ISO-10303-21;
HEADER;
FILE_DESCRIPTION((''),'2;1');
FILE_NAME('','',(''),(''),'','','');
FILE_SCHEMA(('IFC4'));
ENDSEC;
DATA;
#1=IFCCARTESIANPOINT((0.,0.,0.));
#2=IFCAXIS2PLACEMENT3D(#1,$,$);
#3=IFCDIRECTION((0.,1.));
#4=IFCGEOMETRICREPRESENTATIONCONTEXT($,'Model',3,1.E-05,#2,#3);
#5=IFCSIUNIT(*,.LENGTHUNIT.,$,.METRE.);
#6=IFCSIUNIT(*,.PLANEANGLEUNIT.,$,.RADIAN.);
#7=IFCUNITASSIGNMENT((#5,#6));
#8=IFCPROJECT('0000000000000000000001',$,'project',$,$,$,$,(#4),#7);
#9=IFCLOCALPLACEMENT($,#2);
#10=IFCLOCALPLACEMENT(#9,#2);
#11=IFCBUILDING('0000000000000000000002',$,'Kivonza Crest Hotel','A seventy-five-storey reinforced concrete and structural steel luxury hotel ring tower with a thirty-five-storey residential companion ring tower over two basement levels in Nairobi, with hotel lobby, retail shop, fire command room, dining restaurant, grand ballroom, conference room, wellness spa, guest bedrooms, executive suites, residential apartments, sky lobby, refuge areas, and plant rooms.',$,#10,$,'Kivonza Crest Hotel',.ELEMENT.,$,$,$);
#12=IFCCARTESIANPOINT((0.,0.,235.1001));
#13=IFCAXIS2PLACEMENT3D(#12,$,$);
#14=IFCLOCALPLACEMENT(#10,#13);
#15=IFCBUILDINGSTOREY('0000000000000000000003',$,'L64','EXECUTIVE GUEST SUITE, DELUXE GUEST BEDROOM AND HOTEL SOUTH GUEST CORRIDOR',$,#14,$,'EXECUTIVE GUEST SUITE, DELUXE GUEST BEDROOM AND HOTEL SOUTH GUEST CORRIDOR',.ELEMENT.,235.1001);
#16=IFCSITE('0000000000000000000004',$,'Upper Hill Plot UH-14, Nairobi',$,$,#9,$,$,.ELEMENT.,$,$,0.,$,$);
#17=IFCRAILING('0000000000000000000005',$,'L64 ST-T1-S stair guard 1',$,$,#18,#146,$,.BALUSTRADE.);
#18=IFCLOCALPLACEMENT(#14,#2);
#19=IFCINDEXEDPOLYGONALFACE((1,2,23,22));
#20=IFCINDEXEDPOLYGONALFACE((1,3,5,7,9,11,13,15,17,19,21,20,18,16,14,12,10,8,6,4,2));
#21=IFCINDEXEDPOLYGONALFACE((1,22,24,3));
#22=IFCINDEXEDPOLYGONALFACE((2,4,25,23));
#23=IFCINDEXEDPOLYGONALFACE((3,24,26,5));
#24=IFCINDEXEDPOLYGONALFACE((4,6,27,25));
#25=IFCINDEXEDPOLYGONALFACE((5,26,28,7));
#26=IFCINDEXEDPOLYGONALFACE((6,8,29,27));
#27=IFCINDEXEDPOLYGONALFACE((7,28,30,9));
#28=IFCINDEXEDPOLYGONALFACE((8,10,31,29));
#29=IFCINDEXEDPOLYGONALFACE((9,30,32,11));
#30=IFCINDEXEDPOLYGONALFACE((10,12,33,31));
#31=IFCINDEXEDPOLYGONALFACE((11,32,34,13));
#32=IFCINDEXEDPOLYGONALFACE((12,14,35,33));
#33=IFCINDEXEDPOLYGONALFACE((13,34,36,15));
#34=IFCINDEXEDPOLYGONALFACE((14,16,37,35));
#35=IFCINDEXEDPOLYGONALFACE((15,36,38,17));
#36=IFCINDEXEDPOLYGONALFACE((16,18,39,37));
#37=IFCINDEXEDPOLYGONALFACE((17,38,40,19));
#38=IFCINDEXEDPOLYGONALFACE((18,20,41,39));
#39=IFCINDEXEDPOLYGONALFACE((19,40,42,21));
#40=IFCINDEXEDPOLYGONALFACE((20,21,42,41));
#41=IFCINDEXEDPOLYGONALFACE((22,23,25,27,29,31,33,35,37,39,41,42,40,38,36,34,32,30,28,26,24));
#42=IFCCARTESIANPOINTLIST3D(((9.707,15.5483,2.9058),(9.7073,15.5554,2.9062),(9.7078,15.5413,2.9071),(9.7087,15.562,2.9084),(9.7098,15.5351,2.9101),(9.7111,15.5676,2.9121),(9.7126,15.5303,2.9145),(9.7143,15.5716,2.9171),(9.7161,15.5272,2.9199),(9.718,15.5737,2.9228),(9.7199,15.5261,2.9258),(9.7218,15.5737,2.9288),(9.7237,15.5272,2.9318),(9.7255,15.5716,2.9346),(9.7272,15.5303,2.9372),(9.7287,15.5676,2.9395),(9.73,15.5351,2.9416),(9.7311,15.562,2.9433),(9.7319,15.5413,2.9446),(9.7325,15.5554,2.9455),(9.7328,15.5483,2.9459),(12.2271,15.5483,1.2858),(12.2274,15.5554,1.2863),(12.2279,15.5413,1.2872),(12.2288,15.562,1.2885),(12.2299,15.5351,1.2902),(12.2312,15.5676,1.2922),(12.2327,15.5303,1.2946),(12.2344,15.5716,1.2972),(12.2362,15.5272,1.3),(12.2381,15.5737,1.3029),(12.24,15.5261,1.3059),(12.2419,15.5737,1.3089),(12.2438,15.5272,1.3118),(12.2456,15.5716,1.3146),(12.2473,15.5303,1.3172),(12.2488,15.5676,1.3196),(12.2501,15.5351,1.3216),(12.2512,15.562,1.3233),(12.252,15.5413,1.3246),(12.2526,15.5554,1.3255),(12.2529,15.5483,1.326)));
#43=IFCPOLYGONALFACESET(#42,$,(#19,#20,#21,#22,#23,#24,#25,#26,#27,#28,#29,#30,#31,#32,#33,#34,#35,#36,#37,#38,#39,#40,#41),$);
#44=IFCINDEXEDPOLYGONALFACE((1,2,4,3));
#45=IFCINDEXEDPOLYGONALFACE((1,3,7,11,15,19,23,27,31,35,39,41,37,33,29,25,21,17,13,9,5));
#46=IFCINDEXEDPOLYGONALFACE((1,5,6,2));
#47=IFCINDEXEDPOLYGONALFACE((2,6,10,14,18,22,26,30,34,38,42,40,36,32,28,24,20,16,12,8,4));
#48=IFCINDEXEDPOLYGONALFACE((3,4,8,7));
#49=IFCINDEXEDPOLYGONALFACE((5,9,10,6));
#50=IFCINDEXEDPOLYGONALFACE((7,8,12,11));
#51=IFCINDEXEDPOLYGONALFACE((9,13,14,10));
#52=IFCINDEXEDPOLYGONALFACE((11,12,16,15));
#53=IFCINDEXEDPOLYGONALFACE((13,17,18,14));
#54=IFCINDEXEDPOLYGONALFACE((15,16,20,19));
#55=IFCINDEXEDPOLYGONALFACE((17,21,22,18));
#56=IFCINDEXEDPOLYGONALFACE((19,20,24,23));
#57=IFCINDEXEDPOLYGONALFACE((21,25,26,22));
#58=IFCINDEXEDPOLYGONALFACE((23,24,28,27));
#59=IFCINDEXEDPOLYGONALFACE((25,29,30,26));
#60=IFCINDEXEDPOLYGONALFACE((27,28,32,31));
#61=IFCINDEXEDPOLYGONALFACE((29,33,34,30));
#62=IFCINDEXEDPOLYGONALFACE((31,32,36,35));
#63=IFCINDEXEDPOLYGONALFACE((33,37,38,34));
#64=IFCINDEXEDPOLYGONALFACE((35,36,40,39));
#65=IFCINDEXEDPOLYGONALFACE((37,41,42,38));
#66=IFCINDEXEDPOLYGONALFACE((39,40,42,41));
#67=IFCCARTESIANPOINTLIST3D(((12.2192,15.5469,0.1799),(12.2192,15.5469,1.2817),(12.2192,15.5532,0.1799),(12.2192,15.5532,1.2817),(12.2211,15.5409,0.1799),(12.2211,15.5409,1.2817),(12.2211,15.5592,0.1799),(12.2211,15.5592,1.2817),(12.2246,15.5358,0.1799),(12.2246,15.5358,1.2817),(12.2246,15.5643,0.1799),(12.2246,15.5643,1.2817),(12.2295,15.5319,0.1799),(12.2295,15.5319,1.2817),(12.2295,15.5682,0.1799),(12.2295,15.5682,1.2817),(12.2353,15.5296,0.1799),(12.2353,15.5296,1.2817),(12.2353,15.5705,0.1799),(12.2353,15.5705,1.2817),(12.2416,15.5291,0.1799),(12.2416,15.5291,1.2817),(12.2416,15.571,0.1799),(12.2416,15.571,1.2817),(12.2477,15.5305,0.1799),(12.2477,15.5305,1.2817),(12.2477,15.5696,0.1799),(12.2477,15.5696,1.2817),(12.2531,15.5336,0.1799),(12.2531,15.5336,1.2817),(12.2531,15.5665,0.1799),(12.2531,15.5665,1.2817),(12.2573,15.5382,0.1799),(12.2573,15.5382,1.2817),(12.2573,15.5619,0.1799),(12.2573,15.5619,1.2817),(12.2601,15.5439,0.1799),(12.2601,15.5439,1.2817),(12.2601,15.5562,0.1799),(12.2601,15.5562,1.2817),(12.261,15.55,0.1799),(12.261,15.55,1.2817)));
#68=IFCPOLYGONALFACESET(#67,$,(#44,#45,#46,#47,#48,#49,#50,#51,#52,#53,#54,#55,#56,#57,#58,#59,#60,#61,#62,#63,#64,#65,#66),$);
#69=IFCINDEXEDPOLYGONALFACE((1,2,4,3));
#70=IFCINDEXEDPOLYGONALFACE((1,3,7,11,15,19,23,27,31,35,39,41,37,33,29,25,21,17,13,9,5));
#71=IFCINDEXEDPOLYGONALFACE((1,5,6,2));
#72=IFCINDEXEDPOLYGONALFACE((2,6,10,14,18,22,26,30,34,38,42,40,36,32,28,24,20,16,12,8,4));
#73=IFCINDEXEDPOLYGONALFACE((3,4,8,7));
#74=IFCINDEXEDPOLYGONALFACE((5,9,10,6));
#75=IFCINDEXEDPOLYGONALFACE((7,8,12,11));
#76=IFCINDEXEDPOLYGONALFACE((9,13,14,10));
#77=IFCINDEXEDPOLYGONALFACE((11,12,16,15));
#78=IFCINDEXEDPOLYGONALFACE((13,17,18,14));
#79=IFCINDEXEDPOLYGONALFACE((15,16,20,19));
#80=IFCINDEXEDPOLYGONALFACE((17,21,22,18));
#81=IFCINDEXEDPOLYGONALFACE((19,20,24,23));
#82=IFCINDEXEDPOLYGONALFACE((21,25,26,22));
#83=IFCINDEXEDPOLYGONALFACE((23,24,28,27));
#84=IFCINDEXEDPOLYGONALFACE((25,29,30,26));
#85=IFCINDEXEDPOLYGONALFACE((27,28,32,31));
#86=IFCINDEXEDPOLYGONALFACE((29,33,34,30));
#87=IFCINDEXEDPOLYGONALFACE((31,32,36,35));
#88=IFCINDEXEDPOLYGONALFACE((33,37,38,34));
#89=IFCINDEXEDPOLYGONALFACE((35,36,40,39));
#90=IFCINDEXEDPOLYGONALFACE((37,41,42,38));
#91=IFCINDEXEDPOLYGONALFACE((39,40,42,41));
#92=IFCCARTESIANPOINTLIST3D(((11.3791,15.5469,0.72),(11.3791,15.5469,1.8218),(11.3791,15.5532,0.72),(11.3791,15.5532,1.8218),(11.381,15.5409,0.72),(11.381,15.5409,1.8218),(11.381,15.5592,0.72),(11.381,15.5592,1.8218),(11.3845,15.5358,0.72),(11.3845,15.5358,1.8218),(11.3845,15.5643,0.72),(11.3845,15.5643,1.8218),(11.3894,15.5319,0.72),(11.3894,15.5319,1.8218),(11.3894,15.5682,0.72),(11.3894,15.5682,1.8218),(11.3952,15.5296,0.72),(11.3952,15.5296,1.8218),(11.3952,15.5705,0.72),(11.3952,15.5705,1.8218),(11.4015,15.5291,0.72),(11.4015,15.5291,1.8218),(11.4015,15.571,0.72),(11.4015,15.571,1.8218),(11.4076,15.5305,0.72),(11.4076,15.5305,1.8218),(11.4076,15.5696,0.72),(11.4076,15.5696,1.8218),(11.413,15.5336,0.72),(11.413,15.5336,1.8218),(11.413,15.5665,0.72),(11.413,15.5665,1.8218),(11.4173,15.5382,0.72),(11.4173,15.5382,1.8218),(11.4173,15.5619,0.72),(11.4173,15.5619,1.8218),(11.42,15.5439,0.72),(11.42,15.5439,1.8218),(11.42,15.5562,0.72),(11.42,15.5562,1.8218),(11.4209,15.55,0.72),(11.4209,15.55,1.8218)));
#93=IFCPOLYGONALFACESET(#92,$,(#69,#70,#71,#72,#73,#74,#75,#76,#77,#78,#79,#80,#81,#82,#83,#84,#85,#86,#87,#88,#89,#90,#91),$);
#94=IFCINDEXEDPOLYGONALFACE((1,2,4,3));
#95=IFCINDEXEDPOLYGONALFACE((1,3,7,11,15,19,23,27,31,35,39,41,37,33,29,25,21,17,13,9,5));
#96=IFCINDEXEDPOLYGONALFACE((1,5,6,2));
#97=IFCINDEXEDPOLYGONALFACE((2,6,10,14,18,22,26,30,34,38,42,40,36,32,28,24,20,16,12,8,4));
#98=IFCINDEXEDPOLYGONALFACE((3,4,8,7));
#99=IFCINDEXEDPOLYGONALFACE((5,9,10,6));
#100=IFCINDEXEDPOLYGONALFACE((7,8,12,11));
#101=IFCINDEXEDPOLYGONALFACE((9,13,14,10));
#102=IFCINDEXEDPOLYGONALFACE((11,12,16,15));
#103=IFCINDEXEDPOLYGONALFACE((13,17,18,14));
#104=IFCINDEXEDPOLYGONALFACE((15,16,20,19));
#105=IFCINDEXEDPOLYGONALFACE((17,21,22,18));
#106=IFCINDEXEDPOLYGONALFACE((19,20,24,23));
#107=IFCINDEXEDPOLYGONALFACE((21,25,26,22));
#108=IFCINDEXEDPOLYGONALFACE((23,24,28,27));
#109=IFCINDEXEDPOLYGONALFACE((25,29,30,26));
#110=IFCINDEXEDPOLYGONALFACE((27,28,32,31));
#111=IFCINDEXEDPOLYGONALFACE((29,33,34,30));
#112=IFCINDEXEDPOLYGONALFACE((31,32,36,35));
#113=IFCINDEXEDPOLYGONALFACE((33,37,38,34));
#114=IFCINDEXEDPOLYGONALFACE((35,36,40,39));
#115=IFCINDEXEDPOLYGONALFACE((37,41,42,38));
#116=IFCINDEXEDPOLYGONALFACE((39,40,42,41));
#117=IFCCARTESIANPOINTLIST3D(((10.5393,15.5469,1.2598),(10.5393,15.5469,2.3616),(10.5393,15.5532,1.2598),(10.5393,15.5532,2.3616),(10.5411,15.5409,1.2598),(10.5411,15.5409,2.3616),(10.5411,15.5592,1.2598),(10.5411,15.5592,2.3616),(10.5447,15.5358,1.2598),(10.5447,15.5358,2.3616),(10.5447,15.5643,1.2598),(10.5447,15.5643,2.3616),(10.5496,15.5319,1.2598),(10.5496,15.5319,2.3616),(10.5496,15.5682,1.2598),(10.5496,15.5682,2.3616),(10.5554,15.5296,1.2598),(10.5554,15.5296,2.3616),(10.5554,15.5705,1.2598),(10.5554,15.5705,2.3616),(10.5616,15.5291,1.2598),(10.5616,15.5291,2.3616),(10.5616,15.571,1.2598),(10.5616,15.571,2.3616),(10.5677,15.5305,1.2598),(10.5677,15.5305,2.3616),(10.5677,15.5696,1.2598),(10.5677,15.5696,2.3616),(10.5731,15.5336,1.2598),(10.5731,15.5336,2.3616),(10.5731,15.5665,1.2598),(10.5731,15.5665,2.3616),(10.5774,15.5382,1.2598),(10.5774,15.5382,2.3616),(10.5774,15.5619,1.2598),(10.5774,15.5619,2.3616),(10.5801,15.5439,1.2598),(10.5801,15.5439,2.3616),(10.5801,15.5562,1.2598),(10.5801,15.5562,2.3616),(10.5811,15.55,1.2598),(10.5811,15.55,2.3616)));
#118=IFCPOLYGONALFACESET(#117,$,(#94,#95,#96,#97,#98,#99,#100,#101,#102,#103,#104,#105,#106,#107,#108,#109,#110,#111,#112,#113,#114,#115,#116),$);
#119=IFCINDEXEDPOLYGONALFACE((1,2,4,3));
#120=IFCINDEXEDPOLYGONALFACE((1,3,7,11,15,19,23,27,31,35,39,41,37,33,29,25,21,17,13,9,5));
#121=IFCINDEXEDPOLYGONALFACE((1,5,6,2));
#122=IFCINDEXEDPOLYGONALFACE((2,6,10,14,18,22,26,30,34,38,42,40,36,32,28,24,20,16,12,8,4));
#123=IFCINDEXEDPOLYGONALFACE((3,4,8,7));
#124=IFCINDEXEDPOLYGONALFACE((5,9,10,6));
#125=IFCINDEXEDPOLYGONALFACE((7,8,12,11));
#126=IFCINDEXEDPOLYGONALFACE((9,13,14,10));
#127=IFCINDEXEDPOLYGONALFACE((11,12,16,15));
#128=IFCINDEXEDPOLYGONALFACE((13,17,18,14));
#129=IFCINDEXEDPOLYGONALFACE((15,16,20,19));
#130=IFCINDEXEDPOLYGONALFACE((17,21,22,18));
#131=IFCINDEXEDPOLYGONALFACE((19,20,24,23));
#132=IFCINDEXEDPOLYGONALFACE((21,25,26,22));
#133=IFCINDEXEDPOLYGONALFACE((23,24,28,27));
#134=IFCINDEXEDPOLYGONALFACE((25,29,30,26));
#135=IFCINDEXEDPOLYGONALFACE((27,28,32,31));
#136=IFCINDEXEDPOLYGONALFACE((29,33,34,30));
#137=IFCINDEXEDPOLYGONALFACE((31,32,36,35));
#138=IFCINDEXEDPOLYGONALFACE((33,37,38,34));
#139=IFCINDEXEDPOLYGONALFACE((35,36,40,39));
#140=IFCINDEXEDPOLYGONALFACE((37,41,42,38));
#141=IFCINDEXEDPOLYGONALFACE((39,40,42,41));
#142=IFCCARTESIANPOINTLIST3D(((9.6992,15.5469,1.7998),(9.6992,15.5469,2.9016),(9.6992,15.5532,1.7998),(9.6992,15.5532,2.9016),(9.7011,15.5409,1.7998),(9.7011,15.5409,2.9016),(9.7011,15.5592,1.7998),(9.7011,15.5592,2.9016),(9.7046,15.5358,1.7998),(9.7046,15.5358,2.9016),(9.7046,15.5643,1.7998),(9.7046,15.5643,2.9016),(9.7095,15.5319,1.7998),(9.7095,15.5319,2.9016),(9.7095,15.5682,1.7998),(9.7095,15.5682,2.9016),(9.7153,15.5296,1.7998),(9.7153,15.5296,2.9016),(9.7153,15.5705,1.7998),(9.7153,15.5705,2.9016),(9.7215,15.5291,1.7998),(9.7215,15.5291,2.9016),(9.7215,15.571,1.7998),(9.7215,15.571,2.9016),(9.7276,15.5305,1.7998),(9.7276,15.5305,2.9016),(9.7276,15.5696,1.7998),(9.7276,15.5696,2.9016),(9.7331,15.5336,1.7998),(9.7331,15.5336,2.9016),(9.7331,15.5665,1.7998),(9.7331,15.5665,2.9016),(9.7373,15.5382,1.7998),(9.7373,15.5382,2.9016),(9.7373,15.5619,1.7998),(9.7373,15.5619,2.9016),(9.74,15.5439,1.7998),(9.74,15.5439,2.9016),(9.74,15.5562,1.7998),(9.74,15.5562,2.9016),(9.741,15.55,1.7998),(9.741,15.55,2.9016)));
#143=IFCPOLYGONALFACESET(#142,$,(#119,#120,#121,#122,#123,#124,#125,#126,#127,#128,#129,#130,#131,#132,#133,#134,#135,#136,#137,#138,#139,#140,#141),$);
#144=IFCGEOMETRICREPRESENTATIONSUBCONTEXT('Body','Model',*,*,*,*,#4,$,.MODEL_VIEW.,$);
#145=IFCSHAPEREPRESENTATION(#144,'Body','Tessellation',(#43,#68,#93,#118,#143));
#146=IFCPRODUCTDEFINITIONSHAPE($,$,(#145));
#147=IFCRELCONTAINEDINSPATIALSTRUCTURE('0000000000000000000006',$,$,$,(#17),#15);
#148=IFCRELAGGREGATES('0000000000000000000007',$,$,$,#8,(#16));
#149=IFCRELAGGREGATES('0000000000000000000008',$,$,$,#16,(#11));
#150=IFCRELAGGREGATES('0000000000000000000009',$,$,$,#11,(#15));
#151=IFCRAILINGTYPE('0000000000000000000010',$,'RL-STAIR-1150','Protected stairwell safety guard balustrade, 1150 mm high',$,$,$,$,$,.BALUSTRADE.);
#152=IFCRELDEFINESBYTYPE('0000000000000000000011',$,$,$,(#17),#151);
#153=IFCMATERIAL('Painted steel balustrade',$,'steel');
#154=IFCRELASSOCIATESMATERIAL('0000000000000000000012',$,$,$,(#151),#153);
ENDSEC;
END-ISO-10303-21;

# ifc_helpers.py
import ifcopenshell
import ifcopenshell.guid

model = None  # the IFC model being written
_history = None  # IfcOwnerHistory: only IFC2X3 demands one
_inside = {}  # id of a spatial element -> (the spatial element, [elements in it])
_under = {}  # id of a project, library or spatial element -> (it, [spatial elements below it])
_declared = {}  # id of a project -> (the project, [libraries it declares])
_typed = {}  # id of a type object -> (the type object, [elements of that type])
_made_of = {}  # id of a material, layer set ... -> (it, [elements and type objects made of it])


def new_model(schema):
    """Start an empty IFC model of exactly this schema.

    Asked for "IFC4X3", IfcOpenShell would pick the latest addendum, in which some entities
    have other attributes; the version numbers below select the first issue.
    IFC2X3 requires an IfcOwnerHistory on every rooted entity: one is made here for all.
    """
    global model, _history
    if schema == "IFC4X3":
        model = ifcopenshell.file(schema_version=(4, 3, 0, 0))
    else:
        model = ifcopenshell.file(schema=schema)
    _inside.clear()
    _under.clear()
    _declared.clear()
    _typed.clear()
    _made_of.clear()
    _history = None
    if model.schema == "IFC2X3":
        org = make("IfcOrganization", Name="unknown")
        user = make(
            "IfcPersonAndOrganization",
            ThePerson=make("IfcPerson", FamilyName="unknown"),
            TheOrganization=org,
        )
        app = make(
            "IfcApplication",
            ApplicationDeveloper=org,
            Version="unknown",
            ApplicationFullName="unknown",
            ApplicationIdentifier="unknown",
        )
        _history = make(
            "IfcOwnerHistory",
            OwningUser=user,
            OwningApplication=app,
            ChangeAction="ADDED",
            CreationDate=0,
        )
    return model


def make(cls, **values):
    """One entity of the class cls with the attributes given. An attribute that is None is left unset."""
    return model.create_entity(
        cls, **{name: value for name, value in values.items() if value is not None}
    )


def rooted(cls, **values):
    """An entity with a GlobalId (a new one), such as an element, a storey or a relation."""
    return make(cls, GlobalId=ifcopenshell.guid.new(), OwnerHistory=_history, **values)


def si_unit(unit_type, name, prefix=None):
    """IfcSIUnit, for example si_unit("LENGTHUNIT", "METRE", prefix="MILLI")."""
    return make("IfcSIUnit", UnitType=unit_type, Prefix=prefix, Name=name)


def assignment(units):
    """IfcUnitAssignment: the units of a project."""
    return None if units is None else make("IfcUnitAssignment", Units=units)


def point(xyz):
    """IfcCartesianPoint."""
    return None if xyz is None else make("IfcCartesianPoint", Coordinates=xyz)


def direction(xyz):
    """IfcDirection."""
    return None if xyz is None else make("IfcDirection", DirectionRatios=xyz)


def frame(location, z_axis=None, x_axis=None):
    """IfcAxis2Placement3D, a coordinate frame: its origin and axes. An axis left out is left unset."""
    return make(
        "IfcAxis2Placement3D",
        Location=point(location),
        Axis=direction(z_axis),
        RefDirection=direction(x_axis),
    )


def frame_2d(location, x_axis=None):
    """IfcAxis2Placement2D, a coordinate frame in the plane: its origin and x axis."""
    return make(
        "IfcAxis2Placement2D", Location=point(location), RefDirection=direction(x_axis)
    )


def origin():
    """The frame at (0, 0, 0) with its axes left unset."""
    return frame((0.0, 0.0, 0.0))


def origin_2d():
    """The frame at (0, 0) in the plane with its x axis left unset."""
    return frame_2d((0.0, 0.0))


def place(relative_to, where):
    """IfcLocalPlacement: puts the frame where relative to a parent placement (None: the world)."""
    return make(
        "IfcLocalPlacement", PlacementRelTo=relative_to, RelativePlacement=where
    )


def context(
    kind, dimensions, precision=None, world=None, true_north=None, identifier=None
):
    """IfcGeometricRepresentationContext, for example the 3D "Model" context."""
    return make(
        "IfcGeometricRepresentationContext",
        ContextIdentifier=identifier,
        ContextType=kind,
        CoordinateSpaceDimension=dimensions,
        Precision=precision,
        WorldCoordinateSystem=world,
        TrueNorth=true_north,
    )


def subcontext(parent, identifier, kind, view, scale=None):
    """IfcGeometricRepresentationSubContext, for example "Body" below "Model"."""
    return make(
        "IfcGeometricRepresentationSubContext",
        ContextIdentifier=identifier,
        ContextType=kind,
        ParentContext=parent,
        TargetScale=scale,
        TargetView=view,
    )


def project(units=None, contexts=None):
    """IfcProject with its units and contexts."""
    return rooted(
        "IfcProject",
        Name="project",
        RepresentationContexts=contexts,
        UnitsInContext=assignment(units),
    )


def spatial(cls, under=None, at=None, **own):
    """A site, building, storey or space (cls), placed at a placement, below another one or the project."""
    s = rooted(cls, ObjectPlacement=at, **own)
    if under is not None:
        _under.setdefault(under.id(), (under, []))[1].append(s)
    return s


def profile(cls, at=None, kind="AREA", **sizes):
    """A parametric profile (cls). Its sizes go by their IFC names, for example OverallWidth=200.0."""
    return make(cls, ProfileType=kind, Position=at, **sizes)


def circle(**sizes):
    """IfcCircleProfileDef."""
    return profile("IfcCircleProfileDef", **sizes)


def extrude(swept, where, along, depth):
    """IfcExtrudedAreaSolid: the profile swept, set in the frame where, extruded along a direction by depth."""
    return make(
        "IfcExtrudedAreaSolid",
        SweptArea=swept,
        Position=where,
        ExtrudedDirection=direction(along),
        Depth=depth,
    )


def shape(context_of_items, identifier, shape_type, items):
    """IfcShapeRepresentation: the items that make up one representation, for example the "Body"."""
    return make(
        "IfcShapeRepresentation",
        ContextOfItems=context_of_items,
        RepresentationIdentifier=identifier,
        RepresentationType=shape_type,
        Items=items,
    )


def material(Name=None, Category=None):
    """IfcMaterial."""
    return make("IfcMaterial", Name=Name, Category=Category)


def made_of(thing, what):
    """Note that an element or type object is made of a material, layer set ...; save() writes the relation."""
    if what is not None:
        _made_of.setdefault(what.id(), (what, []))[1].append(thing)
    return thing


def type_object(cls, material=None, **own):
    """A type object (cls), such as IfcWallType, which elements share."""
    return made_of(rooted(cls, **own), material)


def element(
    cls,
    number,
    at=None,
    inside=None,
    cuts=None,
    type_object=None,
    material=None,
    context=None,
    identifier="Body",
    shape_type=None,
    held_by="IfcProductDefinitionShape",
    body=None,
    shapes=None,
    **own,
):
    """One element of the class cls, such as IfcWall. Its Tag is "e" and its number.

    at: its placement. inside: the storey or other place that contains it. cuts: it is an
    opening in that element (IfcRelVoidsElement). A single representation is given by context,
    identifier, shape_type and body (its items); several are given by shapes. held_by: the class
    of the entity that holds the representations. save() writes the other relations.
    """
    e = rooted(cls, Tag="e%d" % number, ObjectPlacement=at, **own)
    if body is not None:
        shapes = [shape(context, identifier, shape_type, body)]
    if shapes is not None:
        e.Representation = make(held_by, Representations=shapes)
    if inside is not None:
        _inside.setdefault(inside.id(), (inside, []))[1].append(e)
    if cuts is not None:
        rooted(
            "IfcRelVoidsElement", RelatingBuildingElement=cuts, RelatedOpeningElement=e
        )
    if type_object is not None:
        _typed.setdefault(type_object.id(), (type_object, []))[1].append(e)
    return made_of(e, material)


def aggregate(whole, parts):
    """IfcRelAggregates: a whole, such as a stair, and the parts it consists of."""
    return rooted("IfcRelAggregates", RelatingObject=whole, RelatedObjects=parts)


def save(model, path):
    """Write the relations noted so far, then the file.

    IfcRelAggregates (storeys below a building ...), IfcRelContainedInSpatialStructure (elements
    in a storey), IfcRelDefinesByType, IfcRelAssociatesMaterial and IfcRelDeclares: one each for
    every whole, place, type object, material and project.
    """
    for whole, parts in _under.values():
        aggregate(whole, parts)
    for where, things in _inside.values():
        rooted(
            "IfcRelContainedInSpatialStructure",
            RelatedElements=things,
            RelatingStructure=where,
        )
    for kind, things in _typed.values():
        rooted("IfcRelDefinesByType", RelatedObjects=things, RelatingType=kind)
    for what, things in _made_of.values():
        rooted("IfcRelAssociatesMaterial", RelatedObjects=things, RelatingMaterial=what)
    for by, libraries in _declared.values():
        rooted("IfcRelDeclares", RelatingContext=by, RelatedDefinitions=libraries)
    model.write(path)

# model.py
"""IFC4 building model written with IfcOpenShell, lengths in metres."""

from ifc_helpers import new_model, si_unit, direction, frame, origin, origin_2d, place, context, subcontext, project, spatial, circle, extrude, material, type_object, element, save


model = new_model("IFC4")

# Units and contexts
model_context = context("Model", 3, precision=1e-05, world=origin(), true_north=direction((0.0, 1.0)))
body_context = subcontext(model_context, "Body", "Model", "MODEL_VIEW")
ifc_project = project(units=[si_unit("LENGTHUNIT", "METRE"), si_unit("PLANEANGLEUNIT", "RADIAN")], contexts=[model_context])

# Site, building, storey
site_placement = place(None, origin())
site = spatial("IfcSite", under=ifc_project, at=site_placement, Name="Upper Hill Plot UH-14, Nairobi", CompositionType="ELEMENT", RefElevation=0.0)
building_placement = place(site_placement, origin())
building = spatial("IfcBuilding", under=site, at=building_placement, Name="Kivonza Crest Hotel", Description="A seventy-five-storey reinforced concrete and structural steel luxury hotel ring tower with a thirty-five-storey residential companion ring tower over two basement levels in Nairobi, with hotel lobby, retail shop, fire command room, dining restaurant, grand ballroom, conference room, wellness spa, guest bedrooms, executive suites, residential apartments, sky lobby, refuge areas, and plant rooms.", LongName="Kivonza Crest Hotel", CompositionType="ELEMENT")
storey_placement = place(building_placement, frame((0.0, 0.0, 235.1001)))
storey = spatial("IfcBuildingStorey", under=building, at=storey_placement, Name="L64", Description="EXECUTIVE GUEST SUITE, DELUXE GUEST BEDROOM AND HOTEL SOUTH GUEST CORRIDOR", LongName="EXECUTIVE GUEST SUITE, DELUXE GUEST BEDROOM AND HOTEL SOUTH GUEST CORRIDOR", CompositionType="ELEMENT", Elevation=235.1001)

# Railing
ifc_material_1 = material(Name="Painted steel balustrade", Category="steel")
railing_type_1 = type_object("IfcRailingType", Name="RL-STAIR-1150", Description="Protected stairwell safety guard balustrade, 1150 mm high", PredefinedType="BALUSTRADE", material=ifc_material_1)
railing_1_placement = place(storey_placement, frame((12.24, 15.55, 0.1799)))
element("IfcRailing", 1, at=railing_1_placement, inside=storey, type_object=railing_type_1, Name="L64 ST-T1-S stair guard 1", PredefinedType="BALUSTRADE", context=body_context, shape_type="SweptSolid", body=[
    extrude(circle(Radius=0.0239, at=origin_2d()), frame((0.0, 0.0, 1.126), z_axis=(-0.8412, 0.0, 0.540725), x_axis=(0.0, -1.0, 0.0)), (0.0, 0.0, 1.0), 2.9958),
    extrude(circle(Radius=0.021, at=origin_2d()), origin(), (0.0, 0.0, 1.0), 1.1018),
    extrude(circle(Radius=0.021, at=origin_2d()), frame((-0.8401, 0.0, 0.54)), (0.0, 0.0, 1.0), 1.1018),
    extrude(circle(Radius=0.021, at=origin_2d()), frame((-1.6799, 0.0, 1.0798)), (0.0, 0.0, 1.0), 1.1018),
    extrude(circle(Radius=0.021, at=origin_2d()), frame((-2.52, 0.0, 1.6199)), (0.0, 0.0, 1.0), 1.1018),
])

save(model, "model.ifc")
